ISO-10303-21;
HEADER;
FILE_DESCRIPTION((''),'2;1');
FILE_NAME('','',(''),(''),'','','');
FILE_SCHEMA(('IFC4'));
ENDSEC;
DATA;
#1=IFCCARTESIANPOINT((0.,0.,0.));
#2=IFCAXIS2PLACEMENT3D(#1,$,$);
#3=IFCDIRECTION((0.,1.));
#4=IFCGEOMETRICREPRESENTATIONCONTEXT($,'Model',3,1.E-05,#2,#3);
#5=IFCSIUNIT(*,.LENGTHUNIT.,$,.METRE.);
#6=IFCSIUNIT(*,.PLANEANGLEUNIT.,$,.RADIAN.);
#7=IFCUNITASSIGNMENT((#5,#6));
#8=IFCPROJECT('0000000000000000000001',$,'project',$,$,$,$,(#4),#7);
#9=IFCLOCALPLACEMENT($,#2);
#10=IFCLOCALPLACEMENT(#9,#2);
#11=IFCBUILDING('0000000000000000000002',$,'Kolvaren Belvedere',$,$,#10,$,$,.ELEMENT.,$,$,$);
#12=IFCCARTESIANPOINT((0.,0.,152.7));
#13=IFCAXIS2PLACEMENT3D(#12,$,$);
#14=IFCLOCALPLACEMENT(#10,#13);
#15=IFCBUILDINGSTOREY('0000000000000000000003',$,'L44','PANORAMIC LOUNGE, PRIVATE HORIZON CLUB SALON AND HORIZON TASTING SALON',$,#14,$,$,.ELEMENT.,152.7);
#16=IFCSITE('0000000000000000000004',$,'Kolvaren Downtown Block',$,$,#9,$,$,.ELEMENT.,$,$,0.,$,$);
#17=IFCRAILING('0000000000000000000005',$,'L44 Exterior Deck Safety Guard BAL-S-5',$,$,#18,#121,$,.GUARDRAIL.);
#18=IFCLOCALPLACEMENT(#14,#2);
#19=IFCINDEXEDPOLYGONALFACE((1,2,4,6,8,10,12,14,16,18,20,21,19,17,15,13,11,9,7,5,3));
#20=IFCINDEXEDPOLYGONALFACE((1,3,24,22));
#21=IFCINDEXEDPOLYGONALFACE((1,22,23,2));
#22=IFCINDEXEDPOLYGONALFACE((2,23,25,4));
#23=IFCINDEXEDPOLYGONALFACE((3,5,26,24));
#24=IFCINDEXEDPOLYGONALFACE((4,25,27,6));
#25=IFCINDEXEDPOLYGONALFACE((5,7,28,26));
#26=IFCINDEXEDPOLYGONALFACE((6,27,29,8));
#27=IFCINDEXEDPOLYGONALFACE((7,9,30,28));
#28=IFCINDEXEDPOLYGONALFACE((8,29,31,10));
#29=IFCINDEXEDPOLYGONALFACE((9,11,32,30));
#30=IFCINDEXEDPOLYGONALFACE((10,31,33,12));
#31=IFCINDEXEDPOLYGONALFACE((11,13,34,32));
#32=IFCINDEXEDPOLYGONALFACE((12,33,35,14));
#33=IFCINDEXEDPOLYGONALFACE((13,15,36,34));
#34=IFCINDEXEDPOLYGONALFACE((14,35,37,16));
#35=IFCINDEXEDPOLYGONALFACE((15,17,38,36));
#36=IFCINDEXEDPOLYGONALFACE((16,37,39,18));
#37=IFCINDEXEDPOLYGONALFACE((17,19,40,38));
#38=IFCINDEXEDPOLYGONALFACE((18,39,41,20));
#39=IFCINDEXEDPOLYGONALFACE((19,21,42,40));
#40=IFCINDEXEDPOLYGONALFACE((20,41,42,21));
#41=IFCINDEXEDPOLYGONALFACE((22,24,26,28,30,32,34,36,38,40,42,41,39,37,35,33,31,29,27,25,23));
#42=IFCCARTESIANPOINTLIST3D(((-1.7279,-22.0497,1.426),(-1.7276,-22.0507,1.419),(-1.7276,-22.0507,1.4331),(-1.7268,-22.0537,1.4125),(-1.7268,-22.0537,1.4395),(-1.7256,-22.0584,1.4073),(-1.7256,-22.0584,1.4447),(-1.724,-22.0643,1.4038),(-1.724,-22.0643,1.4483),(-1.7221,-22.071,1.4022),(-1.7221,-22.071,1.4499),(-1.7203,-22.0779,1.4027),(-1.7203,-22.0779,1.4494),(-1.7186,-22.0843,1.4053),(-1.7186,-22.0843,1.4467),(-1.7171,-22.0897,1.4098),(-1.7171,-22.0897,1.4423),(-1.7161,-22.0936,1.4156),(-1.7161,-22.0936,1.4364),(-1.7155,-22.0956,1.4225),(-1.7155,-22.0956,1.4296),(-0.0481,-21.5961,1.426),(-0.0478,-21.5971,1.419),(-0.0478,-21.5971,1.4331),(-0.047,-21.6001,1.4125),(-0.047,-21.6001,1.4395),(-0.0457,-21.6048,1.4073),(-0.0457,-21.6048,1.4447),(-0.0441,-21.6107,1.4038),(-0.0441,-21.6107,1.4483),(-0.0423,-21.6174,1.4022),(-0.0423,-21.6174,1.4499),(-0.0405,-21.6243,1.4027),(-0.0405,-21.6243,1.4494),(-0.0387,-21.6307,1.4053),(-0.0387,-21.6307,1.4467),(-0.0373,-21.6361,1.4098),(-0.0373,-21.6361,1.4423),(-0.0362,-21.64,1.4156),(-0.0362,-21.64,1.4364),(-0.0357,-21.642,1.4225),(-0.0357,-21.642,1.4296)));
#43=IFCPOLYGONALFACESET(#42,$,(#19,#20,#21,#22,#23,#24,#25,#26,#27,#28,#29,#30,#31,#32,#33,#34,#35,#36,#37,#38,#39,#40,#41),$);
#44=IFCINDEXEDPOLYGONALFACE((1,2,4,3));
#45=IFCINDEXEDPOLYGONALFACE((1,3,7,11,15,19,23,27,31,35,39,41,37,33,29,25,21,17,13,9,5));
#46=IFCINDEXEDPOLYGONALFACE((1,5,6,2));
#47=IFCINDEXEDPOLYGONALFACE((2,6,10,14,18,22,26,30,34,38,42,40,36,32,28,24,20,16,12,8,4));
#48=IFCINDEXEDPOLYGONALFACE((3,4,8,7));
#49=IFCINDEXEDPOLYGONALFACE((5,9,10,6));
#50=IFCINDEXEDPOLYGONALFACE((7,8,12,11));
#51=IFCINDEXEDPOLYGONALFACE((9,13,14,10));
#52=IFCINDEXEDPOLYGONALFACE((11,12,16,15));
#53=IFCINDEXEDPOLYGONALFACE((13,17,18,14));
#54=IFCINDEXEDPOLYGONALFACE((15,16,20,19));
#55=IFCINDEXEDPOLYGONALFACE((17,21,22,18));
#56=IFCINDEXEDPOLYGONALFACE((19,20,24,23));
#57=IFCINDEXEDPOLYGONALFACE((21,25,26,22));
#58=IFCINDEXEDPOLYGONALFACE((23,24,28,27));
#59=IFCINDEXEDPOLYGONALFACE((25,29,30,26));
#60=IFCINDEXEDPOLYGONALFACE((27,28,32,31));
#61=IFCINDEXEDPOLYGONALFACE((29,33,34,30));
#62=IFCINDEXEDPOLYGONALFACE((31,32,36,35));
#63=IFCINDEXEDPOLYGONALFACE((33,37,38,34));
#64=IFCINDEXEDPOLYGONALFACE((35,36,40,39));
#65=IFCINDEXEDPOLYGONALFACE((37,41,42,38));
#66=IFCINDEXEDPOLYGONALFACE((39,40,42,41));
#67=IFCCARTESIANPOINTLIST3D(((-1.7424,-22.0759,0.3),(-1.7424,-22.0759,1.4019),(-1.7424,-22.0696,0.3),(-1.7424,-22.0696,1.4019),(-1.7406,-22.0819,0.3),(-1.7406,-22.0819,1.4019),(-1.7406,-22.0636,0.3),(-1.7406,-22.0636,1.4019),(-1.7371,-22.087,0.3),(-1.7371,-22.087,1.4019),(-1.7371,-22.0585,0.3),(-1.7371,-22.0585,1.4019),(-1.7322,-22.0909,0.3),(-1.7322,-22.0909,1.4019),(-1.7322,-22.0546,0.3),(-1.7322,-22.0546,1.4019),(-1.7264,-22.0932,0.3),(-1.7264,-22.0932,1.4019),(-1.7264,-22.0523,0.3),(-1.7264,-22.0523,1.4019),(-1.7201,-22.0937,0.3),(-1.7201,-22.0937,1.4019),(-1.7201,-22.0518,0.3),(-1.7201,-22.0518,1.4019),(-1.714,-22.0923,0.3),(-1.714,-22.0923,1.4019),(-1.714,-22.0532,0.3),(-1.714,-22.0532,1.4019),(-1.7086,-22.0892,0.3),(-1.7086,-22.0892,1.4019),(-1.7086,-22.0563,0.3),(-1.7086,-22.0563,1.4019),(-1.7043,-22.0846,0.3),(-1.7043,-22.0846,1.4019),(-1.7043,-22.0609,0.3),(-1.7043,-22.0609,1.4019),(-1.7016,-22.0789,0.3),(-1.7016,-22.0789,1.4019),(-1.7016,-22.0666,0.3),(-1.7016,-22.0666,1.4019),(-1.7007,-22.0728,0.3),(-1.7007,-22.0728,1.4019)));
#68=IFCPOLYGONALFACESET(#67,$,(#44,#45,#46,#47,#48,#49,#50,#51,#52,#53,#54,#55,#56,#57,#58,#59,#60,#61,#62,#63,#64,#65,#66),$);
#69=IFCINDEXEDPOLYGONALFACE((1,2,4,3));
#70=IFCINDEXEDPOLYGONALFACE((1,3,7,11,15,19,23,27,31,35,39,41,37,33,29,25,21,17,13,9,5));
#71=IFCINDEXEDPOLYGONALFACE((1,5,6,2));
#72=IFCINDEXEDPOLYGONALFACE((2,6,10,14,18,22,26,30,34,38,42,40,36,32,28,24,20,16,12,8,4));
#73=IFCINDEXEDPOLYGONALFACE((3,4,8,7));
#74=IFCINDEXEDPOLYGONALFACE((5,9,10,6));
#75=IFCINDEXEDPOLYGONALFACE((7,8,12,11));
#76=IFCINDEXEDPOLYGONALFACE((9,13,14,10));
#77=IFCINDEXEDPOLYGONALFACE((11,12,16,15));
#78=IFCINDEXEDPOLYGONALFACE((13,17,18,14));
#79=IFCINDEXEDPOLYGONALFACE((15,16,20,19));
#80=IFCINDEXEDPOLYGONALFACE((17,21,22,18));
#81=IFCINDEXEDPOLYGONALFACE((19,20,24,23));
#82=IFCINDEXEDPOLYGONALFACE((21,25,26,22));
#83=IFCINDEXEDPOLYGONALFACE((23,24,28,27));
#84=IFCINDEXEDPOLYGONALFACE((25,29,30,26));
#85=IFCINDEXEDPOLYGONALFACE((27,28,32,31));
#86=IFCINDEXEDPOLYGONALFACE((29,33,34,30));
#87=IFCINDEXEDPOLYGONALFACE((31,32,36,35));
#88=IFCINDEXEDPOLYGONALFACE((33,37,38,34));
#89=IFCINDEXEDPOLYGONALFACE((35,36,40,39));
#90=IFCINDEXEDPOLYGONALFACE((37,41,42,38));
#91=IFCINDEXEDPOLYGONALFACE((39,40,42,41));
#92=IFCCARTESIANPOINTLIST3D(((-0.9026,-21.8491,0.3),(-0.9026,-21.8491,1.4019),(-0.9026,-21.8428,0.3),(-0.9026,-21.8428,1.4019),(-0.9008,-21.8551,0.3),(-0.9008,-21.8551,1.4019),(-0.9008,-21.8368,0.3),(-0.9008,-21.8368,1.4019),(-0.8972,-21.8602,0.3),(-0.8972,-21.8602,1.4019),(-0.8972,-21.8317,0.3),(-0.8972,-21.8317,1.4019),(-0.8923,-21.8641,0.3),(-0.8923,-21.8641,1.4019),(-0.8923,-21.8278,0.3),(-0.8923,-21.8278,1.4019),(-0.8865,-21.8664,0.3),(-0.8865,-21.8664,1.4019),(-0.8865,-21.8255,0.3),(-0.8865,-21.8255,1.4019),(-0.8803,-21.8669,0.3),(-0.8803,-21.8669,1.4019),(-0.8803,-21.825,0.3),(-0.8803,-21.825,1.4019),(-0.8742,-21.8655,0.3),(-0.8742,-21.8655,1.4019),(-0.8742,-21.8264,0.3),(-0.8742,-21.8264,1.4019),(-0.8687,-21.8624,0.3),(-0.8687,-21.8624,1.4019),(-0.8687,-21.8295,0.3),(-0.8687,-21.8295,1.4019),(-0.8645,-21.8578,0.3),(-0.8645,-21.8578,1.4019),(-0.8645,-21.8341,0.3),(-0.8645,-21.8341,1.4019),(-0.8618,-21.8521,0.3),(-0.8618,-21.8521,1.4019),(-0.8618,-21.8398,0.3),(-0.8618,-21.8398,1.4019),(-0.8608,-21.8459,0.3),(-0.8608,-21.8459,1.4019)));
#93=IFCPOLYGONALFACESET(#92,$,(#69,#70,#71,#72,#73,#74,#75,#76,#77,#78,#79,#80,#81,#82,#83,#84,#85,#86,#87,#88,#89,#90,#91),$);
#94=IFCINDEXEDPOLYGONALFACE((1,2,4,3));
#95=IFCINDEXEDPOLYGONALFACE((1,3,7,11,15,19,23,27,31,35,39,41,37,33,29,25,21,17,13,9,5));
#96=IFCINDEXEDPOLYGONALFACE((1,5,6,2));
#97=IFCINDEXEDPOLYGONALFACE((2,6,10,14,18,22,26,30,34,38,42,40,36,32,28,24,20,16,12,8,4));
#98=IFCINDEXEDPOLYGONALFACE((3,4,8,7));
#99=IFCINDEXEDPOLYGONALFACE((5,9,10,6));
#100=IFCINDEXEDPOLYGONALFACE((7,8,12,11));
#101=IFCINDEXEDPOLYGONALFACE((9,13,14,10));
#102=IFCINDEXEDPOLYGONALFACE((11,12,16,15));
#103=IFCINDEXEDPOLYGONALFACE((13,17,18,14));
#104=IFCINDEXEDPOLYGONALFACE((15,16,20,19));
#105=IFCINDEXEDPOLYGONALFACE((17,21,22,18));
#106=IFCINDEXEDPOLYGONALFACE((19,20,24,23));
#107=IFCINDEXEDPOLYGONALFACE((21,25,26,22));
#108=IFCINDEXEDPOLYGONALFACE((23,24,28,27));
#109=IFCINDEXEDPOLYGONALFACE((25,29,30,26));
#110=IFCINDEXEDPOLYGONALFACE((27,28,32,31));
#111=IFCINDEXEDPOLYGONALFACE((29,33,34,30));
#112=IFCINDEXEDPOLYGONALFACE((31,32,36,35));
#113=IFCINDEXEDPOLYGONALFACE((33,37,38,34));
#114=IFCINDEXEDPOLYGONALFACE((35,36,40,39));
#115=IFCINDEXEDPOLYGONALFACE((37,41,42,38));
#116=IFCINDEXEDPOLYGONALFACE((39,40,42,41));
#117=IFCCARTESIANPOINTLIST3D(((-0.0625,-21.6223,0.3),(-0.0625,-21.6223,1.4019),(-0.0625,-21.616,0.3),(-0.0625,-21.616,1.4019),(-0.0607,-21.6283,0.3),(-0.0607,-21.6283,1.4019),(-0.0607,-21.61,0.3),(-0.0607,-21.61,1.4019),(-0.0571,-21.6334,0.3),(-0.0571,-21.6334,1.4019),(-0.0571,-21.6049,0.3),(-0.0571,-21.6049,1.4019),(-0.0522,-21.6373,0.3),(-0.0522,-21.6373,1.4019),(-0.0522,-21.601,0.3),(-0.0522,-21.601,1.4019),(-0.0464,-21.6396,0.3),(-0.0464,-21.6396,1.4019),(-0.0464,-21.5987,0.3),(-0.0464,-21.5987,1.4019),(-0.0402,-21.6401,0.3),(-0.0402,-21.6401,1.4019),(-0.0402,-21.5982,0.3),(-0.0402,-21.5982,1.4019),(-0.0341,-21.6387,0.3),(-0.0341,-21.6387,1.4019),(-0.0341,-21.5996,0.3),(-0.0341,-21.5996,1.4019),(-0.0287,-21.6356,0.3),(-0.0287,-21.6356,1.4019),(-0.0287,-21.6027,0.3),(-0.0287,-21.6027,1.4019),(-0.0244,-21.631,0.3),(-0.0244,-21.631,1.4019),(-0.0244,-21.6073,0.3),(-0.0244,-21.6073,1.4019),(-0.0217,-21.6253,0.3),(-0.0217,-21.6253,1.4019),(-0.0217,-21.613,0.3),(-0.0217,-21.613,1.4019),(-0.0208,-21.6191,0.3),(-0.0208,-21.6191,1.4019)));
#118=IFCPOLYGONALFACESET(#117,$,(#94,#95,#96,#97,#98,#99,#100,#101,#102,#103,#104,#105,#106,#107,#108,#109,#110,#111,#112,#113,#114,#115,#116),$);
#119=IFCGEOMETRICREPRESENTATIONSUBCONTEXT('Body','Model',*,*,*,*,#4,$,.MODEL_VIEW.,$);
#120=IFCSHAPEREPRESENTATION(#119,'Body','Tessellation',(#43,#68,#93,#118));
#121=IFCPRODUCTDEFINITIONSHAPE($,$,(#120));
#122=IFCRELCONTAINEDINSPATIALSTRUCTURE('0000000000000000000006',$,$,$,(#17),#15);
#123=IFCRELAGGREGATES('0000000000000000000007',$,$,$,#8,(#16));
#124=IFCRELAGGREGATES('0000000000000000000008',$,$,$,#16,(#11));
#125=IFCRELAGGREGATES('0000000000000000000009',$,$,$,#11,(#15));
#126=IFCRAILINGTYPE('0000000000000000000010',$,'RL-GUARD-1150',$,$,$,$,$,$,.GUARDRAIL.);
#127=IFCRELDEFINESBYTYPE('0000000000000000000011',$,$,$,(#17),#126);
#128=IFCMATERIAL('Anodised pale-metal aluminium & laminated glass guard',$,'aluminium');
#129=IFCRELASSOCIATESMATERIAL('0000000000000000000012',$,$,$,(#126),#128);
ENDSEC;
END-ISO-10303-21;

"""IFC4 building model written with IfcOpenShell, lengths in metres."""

from ifc_helpers import new_model, si_unit, direction, frame, origin, origin_2d, place, context, subcontext, project, spatial, circle, extrude, material, type_object, element, save


model = new_model("IFC4")

# Units and contexts
model_context = context("Model", 3, precision=1e-05, world=origin(), true_north=direction((0.0, 1.0)))
body_context = subcontext(model_context, "Body", "Model", "MODEL_VIEW")
ifc_project = project(units=[si_unit("LENGTHUNIT", "METRE"), si_unit("PLANEANGLEUNIT", "RADIAN")], contexts=[model_context])

# Site, building, storey
site_placement = place(None, origin())
site = spatial("IfcSite", under=ifc_project, at=site_placement, Name="Kolvaren Downtown Block", CompositionType="ELEMENT", RefElevation=0.0)
building_placement = place(site_placement, origin())
building = spatial("IfcBuilding", under=site, at=building_placement, Name="Kolvaren Belvedere", CompositionType="ELEMENT")
storey_placement = place(building_placement, frame((0.0, 0.0, 152.7)))
storey = spatial("IfcBuildingStorey", under=building, at=storey_placement, Name="L44", Description="PANORAMIC LOUNGE, PRIVATE HORIZON CLUB SALON AND HORIZON TASTING SALON", CompositionType="ELEMENT", Elevation=152.7)

# Railing
ifc_material_1 = material(Name="Anodised pale-metal aluminium & laminated glass guard", Category="aluminium")
railing_type = type_object("IfcRailingType", Name="RL-GUARD-1150", PredefinedType="GUARDRAIL", material=ifc_material_1)
railing_1_placement = place(storey_placement, frame((-1.7217, -22.0728, 0.3)))
element("IfcRailing", 1, at=railing_1_placement, inside=storey, type_object=railing_type, Name="L44 Exterior Deck Safety Guard BAL-S-5", PredefinedType="GUARDRAIL", context=body_context, shape_type="SweptSolid", body=[
    extrude(circle(Radius=0.0239, at=origin_2d()), frame((0.0, 0.0, 1.126), z_axis=(0.965424, 0.260683, 0.0), x_axis=(-0.260683, 0.965424, 0.0)), (0.0, 0.0, 1.0), 1.74),
    extrude(circle(Radius=0.021, at=origin_2d()), origin(), (0.0, 0.0, 1.0), 1.1018),
    extrude(circle(Radius=0.021, at=origin_2d()), frame((0.8398, 0.2268, 0.0)), (0.0, 0.0, 1.0), 1.1018),
    extrude(circle(Radius=0.021, at=origin_2d()), frame((1.6799, 0.4536, 0.0)), (0.0, 0.0, 1.0), 1.1018),
])

save(model, "model.ifc")
